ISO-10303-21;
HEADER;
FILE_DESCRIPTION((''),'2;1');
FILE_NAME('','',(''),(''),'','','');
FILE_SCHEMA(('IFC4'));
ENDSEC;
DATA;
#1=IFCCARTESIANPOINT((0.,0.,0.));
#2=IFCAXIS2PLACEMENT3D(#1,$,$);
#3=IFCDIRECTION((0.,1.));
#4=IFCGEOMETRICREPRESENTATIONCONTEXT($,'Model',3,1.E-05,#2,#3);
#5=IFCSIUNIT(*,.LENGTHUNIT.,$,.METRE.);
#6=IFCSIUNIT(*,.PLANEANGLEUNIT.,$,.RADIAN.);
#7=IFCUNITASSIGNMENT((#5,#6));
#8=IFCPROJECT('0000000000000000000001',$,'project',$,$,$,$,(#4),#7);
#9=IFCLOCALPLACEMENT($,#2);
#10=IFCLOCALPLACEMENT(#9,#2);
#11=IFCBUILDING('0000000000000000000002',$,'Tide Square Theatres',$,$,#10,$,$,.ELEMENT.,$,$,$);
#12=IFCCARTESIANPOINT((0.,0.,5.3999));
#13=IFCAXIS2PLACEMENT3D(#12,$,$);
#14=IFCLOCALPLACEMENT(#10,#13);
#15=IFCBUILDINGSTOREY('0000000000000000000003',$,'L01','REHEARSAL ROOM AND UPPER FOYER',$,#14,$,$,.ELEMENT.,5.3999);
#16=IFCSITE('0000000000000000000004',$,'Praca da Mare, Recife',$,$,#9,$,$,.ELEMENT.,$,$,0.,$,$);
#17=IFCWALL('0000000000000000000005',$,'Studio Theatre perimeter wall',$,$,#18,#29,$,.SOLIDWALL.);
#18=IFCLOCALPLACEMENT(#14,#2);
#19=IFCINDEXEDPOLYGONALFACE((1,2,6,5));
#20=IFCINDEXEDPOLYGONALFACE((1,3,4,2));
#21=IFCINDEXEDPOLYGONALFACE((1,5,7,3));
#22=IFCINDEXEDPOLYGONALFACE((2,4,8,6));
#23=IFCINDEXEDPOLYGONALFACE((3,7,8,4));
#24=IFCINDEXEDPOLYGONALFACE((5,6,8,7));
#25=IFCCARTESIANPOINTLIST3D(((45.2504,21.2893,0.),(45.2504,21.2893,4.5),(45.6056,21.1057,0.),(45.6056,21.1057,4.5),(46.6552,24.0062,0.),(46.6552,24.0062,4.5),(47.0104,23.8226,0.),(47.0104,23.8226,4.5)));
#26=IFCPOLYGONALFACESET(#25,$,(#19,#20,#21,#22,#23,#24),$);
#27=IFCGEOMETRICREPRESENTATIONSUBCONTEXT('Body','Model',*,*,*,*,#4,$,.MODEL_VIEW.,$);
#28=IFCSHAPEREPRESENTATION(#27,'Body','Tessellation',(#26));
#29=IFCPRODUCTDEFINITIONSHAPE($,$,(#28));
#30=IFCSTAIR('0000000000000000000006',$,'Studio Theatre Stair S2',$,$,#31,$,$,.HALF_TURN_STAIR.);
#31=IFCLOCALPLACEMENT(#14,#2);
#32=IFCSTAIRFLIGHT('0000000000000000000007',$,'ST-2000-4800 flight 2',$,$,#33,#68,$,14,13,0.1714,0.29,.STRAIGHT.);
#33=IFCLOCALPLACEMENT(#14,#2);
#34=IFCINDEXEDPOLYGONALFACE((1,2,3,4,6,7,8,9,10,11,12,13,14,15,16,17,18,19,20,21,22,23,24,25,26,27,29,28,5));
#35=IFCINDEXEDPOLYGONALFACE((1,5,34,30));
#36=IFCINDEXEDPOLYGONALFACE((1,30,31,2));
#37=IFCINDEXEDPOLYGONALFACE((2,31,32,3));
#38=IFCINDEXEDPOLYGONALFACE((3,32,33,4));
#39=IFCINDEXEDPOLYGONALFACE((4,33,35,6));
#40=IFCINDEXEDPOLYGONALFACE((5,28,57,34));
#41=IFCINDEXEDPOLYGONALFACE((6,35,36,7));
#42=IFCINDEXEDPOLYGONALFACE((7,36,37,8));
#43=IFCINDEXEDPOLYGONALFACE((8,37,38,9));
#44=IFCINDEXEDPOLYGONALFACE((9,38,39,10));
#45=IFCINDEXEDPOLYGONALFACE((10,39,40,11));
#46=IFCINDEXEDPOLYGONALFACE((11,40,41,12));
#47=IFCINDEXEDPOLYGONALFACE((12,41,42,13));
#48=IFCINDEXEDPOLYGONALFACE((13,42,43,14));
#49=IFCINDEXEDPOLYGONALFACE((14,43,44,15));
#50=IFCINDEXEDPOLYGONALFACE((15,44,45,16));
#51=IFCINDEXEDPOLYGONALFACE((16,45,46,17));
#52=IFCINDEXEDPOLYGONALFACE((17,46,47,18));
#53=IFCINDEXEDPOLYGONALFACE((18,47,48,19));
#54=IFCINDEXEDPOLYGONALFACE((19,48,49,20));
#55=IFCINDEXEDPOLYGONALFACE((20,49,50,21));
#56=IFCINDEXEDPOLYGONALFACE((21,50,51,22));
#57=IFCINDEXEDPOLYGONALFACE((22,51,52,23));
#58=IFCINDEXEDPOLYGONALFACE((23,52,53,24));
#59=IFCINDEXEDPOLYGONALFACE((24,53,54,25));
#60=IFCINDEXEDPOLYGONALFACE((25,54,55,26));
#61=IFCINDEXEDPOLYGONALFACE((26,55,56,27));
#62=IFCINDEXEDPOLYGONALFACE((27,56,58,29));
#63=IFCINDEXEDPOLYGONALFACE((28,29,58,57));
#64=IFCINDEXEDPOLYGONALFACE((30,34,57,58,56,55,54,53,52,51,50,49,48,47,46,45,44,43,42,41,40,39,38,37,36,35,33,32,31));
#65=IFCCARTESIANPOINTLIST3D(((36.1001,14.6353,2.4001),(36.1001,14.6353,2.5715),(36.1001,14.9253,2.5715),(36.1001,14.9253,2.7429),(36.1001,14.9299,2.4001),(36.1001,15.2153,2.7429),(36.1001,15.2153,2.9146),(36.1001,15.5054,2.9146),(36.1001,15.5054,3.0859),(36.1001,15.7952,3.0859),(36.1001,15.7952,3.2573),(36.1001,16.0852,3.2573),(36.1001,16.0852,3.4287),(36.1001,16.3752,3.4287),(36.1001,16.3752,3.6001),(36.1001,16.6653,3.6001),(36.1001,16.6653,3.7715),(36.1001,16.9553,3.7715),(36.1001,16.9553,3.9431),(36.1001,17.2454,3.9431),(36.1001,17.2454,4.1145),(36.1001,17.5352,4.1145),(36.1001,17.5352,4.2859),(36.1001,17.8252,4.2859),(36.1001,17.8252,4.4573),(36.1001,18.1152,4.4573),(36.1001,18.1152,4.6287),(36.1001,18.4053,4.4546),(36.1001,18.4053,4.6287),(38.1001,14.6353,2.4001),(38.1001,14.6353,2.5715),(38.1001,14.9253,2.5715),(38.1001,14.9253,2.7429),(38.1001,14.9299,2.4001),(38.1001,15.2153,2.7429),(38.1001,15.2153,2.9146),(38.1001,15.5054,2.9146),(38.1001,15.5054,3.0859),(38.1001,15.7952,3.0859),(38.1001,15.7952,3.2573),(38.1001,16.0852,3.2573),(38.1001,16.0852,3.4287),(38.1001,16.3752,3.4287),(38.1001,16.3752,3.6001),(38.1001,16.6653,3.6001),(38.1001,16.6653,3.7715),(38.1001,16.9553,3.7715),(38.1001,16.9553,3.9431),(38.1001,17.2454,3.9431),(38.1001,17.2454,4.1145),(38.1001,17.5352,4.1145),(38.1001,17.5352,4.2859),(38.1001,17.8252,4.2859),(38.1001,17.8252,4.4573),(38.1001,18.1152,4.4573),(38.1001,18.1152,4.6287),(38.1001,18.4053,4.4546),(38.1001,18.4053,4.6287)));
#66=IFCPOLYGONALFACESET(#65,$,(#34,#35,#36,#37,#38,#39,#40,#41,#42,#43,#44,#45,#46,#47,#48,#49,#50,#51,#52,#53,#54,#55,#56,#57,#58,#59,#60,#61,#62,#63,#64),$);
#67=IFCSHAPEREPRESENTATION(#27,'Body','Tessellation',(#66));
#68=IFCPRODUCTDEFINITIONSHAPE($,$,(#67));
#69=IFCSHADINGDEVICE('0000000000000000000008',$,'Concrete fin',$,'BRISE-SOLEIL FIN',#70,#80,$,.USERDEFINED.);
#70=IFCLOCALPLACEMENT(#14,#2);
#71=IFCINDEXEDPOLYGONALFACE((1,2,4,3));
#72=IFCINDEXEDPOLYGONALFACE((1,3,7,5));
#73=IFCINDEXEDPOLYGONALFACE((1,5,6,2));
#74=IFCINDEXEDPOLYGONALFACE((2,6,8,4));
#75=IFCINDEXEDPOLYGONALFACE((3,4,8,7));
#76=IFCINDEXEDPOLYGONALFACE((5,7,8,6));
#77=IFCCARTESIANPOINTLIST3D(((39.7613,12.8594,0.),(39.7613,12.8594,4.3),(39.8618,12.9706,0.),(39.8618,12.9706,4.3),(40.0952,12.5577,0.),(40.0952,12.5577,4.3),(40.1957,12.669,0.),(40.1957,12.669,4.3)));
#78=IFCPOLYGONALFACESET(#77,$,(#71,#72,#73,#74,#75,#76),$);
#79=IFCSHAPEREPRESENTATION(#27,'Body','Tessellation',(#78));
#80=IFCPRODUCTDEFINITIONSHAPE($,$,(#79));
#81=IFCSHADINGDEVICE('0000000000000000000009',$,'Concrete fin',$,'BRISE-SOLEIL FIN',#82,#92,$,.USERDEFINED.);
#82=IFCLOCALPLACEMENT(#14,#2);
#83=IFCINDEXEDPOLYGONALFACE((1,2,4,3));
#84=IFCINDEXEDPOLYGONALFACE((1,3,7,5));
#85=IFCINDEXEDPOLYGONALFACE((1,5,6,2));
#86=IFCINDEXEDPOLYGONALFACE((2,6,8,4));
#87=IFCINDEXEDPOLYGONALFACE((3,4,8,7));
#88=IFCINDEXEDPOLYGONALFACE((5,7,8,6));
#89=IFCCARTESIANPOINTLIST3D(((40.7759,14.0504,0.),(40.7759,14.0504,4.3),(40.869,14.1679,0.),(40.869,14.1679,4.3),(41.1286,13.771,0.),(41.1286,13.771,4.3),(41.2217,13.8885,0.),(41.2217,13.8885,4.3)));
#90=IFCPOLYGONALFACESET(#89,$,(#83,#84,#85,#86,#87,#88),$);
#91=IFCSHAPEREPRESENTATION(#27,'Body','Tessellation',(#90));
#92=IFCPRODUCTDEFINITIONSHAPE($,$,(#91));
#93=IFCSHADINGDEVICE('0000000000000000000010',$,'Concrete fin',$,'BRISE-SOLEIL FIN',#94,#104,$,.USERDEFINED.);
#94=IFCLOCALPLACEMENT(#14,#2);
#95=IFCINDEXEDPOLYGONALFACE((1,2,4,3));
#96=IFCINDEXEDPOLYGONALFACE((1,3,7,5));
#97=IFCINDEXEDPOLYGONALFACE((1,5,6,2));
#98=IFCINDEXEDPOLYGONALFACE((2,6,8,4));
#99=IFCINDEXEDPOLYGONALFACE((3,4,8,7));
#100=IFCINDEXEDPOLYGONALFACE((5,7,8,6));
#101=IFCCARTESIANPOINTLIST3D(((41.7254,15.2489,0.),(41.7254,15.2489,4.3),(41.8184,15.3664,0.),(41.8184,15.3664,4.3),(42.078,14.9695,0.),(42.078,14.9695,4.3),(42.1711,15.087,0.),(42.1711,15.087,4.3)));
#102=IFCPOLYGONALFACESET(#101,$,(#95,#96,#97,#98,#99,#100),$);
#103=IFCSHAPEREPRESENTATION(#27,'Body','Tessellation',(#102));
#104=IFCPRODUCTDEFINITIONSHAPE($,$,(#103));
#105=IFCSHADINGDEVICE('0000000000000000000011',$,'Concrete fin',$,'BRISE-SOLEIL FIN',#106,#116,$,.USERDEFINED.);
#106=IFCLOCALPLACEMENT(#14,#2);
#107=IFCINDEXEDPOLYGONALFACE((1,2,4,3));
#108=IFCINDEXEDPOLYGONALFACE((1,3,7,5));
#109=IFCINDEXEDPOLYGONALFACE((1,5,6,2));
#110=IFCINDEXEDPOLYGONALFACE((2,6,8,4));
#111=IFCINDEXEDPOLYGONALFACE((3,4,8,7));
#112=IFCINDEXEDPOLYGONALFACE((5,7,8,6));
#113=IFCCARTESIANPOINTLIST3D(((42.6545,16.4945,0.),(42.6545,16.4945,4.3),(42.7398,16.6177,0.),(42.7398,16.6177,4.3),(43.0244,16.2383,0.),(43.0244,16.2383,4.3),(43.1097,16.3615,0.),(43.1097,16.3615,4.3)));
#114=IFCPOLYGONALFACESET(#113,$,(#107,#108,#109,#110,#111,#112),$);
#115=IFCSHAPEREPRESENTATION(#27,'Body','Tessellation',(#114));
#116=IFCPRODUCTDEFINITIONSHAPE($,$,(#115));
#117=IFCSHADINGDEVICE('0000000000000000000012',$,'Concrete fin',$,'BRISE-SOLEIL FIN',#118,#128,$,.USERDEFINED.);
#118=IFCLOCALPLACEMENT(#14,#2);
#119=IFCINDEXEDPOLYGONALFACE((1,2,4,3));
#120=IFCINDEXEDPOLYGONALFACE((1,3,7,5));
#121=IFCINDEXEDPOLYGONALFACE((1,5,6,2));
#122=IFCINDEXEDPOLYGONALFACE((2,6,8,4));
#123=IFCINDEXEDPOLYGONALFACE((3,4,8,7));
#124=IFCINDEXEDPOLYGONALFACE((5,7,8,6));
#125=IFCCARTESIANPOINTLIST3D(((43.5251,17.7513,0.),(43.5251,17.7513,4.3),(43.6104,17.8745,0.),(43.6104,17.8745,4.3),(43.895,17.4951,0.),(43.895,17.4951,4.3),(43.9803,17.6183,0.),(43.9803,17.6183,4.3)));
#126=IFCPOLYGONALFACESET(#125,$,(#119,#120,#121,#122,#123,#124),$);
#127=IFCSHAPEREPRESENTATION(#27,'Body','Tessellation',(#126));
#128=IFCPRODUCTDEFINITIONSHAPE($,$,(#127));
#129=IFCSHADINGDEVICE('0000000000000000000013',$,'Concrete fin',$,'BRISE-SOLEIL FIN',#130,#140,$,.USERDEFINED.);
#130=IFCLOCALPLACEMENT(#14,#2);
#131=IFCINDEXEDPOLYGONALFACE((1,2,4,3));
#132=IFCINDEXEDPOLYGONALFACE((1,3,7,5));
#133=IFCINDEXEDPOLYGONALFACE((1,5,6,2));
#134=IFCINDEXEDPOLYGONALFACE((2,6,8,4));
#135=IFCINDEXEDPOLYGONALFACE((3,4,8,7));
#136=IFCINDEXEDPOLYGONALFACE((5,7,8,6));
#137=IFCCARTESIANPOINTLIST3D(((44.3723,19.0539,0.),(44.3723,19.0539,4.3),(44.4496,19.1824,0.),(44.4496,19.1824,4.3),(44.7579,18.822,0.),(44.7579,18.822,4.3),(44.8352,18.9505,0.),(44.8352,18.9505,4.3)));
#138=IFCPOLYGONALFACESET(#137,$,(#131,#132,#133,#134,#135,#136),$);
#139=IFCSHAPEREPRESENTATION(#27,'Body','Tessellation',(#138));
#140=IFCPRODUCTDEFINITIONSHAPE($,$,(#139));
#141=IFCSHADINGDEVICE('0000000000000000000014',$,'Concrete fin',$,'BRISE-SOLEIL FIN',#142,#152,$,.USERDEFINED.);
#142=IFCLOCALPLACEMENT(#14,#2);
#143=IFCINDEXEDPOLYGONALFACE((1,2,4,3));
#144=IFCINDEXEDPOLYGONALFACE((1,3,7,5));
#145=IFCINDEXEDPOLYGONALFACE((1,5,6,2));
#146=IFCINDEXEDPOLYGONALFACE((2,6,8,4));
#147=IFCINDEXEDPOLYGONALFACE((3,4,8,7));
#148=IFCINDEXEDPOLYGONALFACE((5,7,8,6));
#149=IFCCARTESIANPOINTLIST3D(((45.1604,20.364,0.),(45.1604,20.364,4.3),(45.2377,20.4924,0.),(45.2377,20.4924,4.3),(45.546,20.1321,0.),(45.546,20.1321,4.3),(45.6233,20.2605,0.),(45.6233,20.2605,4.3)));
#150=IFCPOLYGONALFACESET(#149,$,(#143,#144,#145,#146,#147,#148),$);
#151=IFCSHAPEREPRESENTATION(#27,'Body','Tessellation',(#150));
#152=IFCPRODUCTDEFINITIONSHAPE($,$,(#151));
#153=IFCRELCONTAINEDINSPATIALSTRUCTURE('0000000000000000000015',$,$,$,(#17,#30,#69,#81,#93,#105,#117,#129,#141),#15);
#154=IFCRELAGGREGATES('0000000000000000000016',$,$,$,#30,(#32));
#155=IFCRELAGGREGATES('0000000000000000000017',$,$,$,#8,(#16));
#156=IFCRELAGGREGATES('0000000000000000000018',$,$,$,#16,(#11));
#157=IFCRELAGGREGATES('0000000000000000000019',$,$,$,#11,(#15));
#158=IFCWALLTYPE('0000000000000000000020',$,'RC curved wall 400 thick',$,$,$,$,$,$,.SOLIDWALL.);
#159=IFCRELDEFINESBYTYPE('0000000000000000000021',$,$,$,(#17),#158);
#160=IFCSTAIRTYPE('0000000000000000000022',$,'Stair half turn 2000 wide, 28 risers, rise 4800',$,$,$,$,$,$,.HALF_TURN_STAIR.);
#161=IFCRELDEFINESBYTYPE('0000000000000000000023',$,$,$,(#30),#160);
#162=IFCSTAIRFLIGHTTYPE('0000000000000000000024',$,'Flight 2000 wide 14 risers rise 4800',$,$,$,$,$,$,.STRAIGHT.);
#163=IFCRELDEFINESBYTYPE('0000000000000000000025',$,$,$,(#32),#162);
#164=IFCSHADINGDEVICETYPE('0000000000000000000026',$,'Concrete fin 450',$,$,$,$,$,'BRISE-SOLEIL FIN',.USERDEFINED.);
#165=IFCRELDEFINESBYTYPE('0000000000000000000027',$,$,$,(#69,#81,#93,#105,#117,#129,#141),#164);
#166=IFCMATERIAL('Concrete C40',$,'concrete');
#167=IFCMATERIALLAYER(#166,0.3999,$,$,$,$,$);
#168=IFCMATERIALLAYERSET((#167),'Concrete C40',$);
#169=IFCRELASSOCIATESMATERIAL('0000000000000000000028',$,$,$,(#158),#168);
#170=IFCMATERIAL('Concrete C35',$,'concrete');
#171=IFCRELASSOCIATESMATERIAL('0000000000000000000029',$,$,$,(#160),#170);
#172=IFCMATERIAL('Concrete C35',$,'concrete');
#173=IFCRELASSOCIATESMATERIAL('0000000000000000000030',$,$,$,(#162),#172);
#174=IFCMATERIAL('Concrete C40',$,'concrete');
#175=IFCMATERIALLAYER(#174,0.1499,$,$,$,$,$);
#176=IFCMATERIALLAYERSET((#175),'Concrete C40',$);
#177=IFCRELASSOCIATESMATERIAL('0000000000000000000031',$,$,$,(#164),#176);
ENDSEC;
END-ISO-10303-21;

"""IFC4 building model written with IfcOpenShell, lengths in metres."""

from ifc_helpers import new_model, si_unit, direction, frame, frame_2d, origin, origin_2d, place, context, subcontext, project, spatial, polyline, rectangle, outline, extrude, material, layer, layer_set, type_object, element, aggregate, save


model = new_model("IFC4")

# Units and contexts
model_context = context("Model", 3, precision=1e-05, world=origin(), true_north=direction((0.0, 1.0)))
body_context = subcontext(model_context, "Body", "Model", "MODEL_VIEW")
ifc_project = project(units=[si_unit("LENGTHUNIT", "METRE"), si_unit("PLANEANGLEUNIT", "RADIAN")], contexts=[model_context])

# Site, building, storey
site_placement = place(None, origin())
site = spatial("IfcSite", under=ifc_project, at=site_placement, Name="Praca da Mare, Recife", CompositionType="ELEMENT", RefElevation=0.0)
building_placement = place(site_placement, origin())
building = spatial("IfcBuilding", under=site, at=building_placement, Name="Tide Square Theatres", CompositionType="ELEMENT")
storey_placement = place(building_placement, frame((0.0, 0.0, 5.3999)))
storey = spatial("IfcBuildingStorey", under=building, at=storey_placement, Name="L01", Description="REHEARSAL ROOM AND UPPER FOYER", CompositionType="ELEMENT", Elevation=5.3999)

# Shared definitions
ifc_material_1 = material(Name="Concrete C40", Category="concrete")
ifc_layer_1 = layer(ifc_material_1, 0.3999)
ifc_layer_set_1 = layer_set([ifc_layer_1], Name="Concrete C40")
wall_type_1 = type_object("IfcWallType", Name="RC curved wall 400 thick", PredefinedType="SOLIDWALL", material=ifc_layer_set_1)

# Wall
wall_1_placement = place(storey_placement, frame((45.428, 21.1975, 0.0), z_axis=(0.0, 0.0, 1.0), x_axis=(0.459306, 0.888278, 0.0)))
element("IfcWall", 1, at=wall_1_placement, inside=storey, type_object=wall_type_1, Name="Studio Theatre perimeter wall", PredefinedType="SOLIDWALL", context=body_context, shape_type="SweptSolid", body=[
    extrude(rectangle(XDim=3.0586, YDim=0.3999, at=frame_2d((1.5293, 0.0))), origin(), (0.0, 0.0, 1.0), 4.5),
])

# Stair, stair flight
ifc_material_2 = material(Name="Concrete C35", Category="concrete")
stair_type = type_object("IfcStairType", Name="Stair half turn 2000 wide, 28 risers, rise 4800", PredefinedType="HALF_TURN_STAIR", material=ifc_material_2)
stair_placement = place(storey_placement, origin())
stair = element("IfcStair", 2, at=stair_placement, inside=storey, type_object=stair_type, Name="Studio Theatre Stair S2", PredefinedType="HALF_TURN_STAIR")
ifc_material_3 = material(Name="Concrete C35", Category="concrete")
stair_flight_type = type_object("IfcStairFlightType", Name="Flight 2000 wide 14 risers rise 4800", PredefinedType="STRAIGHT", material=ifc_material_3)
stair_flight_placement = place(storey_placement, frame((37.1001, 14.6353, 2.4001), z_axis=(0.0, 0.0, 1.0), x_axis=(0.0, 1.0, 0.0)))
stair_flight = element("IfcStairFlight", 3, at=stair_flight_placement, type_object=stair_flight_type, Name="ST-2000-4800 flight 2", NumberOfRisers=14, NumberOfTreads=13, PredefinedType="STRAIGHT", RiserHeight=0.1714, TreadLength=0.29, context=body_context, shape_type="SweptSolid", body=[
    extrude(outline(polyline([(0.0, 0.0), (0.0, 0.1714), (0.29, 0.1714), (0.29, 0.3428), (0.5801, 0.3428), (0.5801, 0.5144), (0.8701, 0.5144), (0.8701, 0.6858), (1.1599, 0.6858), (1.1599, 0.8572), (1.45, 0.8572), (1.45, 1.0286), (1.74, 1.0286), (1.74, 1.2), (2.03, 1.2), (2.03, 1.3713), (2.3201, 1.3713), (2.3201, 1.543), (2.6101, 1.543), (2.6101, 1.7144), (2.8999, 1.7144), (2.8999, 1.8857), (3.1899, 1.8857), (3.1899, 2.0571), (3.48, 2.0571), (3.48, 2.2285), (3.77, 2.2285), (3.77, 2.3999), (3.77, 2.0544), (0.2947, 0.0), (0.0, 0.0)])), frame((0.0, 1.0, 0.0), z_axis=(0.0, -1.0, 0.0), x_axis=(1.0, 0.0, 0.0)), (0.0, 0.0, 1.0), 2.0),
])
aggregate(stair, [stair_flight])

# Shading devices
ifc_material_4 = material(Name="Concrete C40", Category="concrete")
ifc_layer_2 = layer(ifc_material_4, 0.1499)
ifc_layer_set_2 = layer_set([ifc_layer_2], Name="Concrete C40")
shading_device_type = type_object("IfcShadingDeviceType", Name="Concrete fin 450", ElementType="BRISE-SOLEIL FIN", PredefinedType="USERDEFINED", material=ifc_layer_set_2)
for number, where, z_axis, x_axis, name in (
    (4, (39.9785, 12.7642, 0.0), (0.0, 0.0, 1.0), (0.670362, 0.742034, 0.0), "Concrete fin"),
    (5, (40.9988, 13.9695, 0.0), (0.0, 0.0, 1.0), (0.62097, 0.783834, 0.0), "Concrete fin"),
    (6, (41.9482, 15.168, 0.0), (0.0, 0.0, 1.0), (0.62097, 0.783834, 0.0), "Concrete fin"),
    (7, (42.8821, 16.428, 0.0), (0.0, 0.0, 1.0), (0.569366, 0.822084, 0.0), "Concrete fin"),
    (8, (43.7527, 17.6848, 0.0), (0.0, 0.0, 1.0), (0.569366, 0.822084, 0.0), "Concrete fin"),
    (9, (44.6038, 19.0022, 0.0), (0.0, 0.0, 1.0), (0.515397, 0.856951, 0.0), "Concrete fin"),
    (10, (45.3918, 20.3123, 0.0), (0.0, 0.0, 1.0), (0.515397, 0.856951, 0.0), "Concrete fin"),
):
    element("IfcShadingDevice", number, at=place(storey_placement, frame(where, z_axis=z_axis, x_axis=x_axis)), inside=storey, type_object=shading_device_type, Name=name, ObjectType="BRISE-SOLEIL FIN", PredefinedType="USERDEFINED", context=body_context, shape_type="SweptSolid", body=[
        extrude(rectangle(XDim=0.1499, YDim=0.45, at=origin_2d()), origin(), (0.0, 0.0, 1.0), 4.3),
    ])

save(model, "model.ifc")
